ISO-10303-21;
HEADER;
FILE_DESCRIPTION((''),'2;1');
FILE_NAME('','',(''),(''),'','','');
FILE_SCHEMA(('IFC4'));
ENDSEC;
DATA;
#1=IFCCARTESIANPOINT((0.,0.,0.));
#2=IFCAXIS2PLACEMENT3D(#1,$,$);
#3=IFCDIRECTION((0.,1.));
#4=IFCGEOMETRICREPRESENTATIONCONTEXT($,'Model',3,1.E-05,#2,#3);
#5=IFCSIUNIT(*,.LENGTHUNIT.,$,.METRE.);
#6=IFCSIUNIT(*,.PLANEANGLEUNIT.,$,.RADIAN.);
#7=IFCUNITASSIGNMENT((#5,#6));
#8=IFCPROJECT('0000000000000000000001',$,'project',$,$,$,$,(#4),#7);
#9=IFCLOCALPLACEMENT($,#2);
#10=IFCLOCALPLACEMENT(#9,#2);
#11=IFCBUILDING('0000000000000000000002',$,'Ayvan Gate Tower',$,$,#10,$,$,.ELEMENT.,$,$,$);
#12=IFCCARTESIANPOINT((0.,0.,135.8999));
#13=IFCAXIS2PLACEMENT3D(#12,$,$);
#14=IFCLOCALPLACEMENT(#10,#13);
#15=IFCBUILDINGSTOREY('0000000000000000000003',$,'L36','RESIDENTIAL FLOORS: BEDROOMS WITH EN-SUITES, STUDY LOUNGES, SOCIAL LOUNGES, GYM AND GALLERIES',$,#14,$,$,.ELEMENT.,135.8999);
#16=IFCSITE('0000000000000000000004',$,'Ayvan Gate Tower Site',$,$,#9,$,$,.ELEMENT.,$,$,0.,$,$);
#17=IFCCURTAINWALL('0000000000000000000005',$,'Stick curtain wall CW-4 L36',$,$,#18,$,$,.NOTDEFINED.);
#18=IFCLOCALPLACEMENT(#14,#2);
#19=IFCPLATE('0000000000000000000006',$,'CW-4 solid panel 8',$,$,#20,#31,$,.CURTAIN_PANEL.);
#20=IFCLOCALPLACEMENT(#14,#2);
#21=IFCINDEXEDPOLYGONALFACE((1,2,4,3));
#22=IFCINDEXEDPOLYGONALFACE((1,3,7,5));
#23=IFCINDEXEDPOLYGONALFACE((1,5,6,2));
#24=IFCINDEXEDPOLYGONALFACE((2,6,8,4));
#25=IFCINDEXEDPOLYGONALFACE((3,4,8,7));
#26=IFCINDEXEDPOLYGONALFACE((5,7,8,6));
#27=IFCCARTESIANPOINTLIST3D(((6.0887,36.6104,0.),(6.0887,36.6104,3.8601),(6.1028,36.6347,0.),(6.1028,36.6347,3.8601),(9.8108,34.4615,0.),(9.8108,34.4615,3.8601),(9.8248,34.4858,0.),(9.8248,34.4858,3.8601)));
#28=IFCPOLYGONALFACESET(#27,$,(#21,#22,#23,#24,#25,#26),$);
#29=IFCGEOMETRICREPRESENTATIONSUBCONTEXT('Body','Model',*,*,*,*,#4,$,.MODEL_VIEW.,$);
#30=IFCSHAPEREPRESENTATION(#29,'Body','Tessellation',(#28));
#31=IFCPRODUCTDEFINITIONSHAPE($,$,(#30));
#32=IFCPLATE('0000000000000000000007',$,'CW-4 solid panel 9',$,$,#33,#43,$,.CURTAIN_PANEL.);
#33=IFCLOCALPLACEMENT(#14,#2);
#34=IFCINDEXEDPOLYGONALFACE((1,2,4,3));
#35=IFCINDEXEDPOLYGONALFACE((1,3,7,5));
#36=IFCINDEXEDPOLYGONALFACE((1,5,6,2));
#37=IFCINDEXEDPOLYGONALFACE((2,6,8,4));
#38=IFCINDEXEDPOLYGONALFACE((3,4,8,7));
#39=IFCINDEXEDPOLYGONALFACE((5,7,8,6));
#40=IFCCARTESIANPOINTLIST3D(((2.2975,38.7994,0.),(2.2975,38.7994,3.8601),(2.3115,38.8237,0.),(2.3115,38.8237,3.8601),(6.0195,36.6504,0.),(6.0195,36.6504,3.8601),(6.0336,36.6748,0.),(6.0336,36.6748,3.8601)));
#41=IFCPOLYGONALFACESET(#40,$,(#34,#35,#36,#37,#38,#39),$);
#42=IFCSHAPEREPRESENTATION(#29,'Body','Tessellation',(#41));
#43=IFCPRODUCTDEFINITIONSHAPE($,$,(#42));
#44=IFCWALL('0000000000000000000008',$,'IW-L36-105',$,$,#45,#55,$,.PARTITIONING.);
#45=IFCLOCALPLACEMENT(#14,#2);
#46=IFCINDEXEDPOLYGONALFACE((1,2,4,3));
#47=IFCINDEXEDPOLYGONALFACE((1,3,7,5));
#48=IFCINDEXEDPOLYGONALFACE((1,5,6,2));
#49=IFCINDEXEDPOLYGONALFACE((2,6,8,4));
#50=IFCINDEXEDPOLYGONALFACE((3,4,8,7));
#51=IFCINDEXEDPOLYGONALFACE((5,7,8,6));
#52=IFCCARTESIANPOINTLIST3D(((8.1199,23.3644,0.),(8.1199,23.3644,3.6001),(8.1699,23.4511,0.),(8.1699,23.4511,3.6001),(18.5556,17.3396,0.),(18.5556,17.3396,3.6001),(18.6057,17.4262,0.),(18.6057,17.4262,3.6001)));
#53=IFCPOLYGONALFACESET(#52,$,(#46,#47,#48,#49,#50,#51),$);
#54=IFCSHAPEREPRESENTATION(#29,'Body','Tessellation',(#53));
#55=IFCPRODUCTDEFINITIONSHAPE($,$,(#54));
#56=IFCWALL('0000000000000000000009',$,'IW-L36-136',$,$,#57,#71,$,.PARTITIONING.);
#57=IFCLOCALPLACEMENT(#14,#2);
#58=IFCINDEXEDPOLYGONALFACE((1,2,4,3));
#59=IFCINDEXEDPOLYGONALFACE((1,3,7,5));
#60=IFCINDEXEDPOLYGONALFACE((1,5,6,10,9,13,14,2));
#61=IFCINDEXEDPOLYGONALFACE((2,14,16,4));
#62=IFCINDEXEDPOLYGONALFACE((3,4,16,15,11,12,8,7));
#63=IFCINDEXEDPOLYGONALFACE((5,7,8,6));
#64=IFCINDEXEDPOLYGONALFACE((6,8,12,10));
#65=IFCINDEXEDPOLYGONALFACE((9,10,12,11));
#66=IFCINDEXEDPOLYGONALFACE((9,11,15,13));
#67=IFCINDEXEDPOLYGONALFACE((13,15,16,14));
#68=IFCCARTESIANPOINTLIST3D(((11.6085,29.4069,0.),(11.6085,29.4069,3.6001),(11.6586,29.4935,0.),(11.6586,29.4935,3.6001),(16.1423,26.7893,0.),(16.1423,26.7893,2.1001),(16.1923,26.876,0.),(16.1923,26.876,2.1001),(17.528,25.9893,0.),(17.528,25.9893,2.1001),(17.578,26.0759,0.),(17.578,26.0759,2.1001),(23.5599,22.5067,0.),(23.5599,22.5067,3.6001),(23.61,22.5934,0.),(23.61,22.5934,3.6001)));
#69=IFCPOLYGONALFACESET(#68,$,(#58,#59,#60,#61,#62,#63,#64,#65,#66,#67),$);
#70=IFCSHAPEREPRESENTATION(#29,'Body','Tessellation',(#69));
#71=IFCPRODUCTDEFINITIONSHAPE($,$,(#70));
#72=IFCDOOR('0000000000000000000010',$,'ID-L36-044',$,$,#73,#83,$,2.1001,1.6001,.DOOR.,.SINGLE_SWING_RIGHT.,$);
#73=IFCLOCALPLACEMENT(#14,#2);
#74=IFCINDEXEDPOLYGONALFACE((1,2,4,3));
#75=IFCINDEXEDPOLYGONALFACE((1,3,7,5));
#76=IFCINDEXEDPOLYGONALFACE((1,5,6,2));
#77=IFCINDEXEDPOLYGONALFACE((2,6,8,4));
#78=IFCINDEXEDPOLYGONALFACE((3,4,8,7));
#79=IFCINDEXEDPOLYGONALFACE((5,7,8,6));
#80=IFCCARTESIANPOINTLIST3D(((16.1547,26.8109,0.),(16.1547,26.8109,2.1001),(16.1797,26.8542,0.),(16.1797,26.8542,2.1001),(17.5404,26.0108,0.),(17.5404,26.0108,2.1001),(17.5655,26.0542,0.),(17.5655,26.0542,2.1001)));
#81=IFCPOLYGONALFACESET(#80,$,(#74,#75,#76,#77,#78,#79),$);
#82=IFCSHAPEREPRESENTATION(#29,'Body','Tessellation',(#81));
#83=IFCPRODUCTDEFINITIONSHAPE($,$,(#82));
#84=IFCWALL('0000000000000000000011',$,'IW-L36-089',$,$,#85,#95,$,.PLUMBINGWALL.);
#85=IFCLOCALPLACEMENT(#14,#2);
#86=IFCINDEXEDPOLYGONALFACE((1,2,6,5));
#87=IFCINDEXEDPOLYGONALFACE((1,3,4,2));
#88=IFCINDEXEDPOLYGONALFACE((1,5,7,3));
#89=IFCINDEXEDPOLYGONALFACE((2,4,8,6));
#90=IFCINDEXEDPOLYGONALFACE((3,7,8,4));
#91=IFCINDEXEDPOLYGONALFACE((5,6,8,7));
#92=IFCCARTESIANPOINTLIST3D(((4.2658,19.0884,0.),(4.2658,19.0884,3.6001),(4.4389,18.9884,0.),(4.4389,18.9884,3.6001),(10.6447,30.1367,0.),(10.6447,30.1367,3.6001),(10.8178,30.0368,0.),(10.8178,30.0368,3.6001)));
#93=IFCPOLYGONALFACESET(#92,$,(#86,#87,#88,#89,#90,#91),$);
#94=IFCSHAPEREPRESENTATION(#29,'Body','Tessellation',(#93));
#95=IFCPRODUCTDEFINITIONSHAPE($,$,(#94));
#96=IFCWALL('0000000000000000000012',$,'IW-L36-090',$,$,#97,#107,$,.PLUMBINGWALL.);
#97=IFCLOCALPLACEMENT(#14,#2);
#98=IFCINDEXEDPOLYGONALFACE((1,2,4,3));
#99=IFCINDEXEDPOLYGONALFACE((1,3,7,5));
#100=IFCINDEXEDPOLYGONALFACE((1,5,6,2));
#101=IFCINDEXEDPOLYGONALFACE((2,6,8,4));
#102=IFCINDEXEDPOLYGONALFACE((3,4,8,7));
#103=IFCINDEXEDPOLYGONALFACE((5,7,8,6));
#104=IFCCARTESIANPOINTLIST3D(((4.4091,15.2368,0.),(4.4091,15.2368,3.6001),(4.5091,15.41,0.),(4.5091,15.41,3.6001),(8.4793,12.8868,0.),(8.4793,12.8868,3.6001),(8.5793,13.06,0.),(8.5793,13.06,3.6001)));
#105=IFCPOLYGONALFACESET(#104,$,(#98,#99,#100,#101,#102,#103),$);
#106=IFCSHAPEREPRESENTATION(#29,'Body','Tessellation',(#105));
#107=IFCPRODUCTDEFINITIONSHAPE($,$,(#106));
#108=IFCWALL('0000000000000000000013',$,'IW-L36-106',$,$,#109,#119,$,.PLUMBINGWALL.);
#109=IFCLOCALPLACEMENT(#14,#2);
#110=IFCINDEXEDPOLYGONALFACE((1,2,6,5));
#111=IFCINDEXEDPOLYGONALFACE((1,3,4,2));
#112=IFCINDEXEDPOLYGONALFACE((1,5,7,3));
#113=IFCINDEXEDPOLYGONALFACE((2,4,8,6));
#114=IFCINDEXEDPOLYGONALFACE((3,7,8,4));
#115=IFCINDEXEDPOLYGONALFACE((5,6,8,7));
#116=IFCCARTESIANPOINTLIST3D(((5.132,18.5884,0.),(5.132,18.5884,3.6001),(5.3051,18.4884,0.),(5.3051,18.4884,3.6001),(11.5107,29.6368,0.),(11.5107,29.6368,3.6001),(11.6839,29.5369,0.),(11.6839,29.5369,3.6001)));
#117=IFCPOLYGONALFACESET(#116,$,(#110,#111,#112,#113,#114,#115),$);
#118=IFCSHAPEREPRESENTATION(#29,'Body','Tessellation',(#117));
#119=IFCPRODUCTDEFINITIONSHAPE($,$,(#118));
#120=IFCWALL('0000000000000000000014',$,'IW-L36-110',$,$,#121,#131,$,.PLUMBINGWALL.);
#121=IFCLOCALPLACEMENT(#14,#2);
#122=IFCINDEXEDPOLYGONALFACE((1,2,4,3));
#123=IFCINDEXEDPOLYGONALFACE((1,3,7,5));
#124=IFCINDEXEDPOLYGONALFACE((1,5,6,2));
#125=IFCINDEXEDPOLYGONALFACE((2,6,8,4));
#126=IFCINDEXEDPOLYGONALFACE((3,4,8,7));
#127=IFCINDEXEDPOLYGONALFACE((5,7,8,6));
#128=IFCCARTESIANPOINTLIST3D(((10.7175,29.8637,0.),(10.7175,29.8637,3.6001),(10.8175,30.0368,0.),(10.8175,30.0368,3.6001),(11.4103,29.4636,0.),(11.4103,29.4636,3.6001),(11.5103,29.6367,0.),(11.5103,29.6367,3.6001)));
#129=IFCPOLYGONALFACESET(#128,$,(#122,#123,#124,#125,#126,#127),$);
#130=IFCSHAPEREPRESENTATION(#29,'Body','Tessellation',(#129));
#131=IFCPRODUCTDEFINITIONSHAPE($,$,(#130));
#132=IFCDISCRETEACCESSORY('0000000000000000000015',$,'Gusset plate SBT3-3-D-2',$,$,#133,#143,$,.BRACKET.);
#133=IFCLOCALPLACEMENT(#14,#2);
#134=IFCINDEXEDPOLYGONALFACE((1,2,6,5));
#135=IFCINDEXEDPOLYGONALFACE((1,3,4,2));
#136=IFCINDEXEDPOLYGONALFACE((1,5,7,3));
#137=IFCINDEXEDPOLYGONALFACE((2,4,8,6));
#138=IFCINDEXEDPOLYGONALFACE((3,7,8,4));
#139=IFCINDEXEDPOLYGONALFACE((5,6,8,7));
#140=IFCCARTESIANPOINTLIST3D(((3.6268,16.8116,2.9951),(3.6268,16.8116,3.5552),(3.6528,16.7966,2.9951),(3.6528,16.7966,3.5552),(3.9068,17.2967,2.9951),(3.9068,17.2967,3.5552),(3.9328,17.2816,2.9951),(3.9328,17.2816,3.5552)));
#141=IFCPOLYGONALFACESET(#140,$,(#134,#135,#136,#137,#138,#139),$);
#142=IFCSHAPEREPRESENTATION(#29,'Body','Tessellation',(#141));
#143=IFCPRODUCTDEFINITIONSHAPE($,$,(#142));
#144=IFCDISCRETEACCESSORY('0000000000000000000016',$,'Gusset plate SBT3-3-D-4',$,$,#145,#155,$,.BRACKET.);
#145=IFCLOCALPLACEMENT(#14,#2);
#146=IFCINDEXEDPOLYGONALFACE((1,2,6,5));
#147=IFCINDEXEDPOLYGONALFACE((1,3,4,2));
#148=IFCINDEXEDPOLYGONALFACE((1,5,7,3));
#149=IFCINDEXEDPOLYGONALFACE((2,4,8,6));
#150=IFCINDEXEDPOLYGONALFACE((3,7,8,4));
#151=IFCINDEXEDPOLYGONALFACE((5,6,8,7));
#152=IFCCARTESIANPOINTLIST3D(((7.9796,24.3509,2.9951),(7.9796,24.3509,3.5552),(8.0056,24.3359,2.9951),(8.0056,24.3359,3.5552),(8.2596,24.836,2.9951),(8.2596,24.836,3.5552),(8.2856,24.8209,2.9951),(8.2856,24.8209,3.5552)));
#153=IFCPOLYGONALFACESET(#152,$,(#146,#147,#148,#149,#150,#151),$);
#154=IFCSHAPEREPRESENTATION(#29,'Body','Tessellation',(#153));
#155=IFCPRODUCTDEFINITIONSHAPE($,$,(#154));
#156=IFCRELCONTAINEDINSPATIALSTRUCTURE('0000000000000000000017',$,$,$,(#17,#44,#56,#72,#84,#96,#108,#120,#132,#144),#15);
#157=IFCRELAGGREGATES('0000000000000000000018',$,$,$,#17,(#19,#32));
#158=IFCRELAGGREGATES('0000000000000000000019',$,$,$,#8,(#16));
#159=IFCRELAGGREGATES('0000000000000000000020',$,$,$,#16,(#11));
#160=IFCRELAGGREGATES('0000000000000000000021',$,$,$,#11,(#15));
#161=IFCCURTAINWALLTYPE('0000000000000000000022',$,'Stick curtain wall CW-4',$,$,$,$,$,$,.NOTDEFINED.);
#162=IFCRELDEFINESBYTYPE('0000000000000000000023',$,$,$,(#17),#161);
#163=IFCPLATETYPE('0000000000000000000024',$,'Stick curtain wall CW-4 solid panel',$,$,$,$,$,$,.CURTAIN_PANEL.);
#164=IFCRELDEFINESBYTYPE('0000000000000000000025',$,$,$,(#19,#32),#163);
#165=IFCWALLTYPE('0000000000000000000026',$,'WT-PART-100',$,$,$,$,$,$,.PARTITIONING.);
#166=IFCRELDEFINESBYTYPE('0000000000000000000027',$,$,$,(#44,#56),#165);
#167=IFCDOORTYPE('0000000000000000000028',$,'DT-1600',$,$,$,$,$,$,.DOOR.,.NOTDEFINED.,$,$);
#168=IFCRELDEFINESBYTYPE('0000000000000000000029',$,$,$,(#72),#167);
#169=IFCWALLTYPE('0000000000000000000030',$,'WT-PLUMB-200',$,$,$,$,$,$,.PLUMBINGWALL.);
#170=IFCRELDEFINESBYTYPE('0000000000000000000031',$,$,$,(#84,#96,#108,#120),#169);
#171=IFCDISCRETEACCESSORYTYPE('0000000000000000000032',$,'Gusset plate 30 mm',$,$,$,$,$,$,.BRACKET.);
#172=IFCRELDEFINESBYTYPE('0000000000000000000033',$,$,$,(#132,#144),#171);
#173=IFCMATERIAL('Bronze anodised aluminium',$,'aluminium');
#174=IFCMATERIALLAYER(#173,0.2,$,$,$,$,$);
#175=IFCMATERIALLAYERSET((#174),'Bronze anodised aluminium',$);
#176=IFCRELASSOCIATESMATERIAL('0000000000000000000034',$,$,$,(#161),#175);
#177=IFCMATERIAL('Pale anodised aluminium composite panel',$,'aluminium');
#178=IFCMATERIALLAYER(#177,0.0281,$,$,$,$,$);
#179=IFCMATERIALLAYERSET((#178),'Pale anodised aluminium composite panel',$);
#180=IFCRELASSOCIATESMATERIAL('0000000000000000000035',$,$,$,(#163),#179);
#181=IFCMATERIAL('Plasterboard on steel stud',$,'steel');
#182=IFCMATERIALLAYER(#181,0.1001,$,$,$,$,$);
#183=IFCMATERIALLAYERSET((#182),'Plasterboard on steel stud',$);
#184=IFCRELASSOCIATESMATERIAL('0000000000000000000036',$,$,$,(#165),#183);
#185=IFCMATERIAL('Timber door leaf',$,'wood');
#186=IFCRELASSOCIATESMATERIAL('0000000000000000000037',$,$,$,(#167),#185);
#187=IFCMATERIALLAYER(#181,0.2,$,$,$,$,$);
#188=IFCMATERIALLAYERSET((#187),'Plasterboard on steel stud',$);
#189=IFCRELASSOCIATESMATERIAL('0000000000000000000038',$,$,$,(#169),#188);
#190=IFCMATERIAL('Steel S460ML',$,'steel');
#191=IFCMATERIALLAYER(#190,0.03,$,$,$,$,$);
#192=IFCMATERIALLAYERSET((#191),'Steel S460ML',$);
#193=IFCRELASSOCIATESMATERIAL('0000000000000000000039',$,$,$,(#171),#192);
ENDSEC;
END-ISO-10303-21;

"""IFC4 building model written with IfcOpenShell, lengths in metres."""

from ifc_helpers import new_model, si_unit, direction, frame, frame_2d, origin, origin_2d, place, context, subcontext, project, spatial, rectangle, extrude, material, layer, layer_set, type_object, element, fill, aggregate, save


model = new_model("IFC4")

# Units and contexts
model_context = context("Model", 3, precision=1e-05, world=origin(), true_north=direction((0.0, 1.0)))
body_context = subcontext(model_context, "Body", "Model", "MODEL_VIEW")
ifc_project = project(units=[si_unit("LENGTHUNIT", "METRE"), si_unit("PLANEANGLEUNIT", "RADIAN")], contexts=[model_context])

# Site, building, storey
site_placement = place(None, origin())
site = spatial("IfcSite", under=ifc_project, at=site_placement, Name="Ayvan Gate Tower Site", CompositionType="ELEMENT", RefElevation=0.0)
building_placement = place(site_placement, origin())
building = spatial("IfcBuilding", under=site, at=building_placement, Name="Ayvan Gate Tower", CompositionType="ELEMENT")
storey_placement = place(building_placement, frame((0.0, 0.0, 135.8999)))
storey = spatial("IfcBuildingStorey", under=building, at=storey_placement, Name="L36", Description="RESIDENTIAL FLOORS: BEDROOMS WITH EN-SUITES, STUDY LOUNGES, SOCIAL LOUNGES, GYM AND GALLERIES", CompositionType="ELEMENT", Elevation=135.8999)

# Shared definitions
ifc_material_1 = material(Name="Steel S460ML", Category="steel")

# Curtain wall, plates
ifc_material_2 = material(Name="Bronze anodised aluminium", Category="aluminium")
ifc_layer_1 = layer(ifc_material_2, 0.2)
ifc_layer_set_1 = layer_set([ifc_layer_1], Name="Bronze anodised aluminium")
curtain_wall_type = type_object("IfcCurtainWallType", Name="Stick curtain wall CW-4", PredefinedType="NOTDEFINED", material=ifc_layer_set_1)
curtain_wall_placement = place(storey_placement, origin())
curtain_wall = element("IfcCurtainWall", 1, at=curtain_wall_placement, inside=storey, type_object=curtain_wall_type, Name="Stick curtain wall CW-4 L36", PredefinedType="NOTDEFINED")
ifc_material_3 = material(Name="Pale anodised aluminium composite panel", Category="aluminium")
ifc_layer_2 = layer(ifc_material_3, 0.0281)
ifc_layer_set_2 = layer_set([ifc_layer_2], Name="Pale anodised aluminium composite panel")
plate_type = type_object("IfcPlateType", Name="Stick curtain wall CW-4 solid panel", PredefinedType="CURTAIN_PANEL", material=ifc_layer_set_2)
plate_1_placement = place(storey_placement, frame((7.9568, 35.5481, 0.0), z_axis=(0.0, 0.0, 1.0), x_axis=(-0.866025, 0.5, 0.0)))
plate_1 = element("IfcPlate", 2, at=plate_1_placement, type_object=plate_type, Name="CW-4 solid panel 8", PredefinedType="CURTAIN_PANEL", context=body_context, shape_type="SweptSolid", body=[
    extrude(rectangle(XDim=4.2979, YDim=0.0281, at=origin_2d()), origin(), (0.0, 0.0, 1.0), 3.8601),
])
plate_2_placement = place(storey_placement, frame((4.1655, 37.7371, 0.0), z_axis=(0.0, 0.0, 1.0), x_axis=(-0.866025, 0.5, 0.0)))
plate_2 = element("IfcPlate", 3, at=plate_2_placement, type_object=plate_type, Name="CW-4 solid panel 9", PredefinedType="CURTAIN_PANEL", context=body_context, shape_type="SweptSolid", body=[
    extrude(rectangle(XDim=4.2979, YDim=0.0281, at=origin_2d()), origin(), (0.0, 0.0, 1.0), 3.8601),
])
aggregate(curtain_wall, [plate_1, plate_2])

# Wall
ifc_material_4 = material(Name="Plasterboard on steel stud", Category="steel")
ifc_layer_3 = layer(ifc_material_4, 0.1001)
ifc_layer_set_3 = layer_set([ifc_layer_3], Name="Plasterboard on steel stud")
wall_type_1 = type_object("IfcWallType", Name="WT-PART-100", PredefinedType="PARTITIONING", material=ifc_layer_set_3)
wall_1_placement = place(storey_placement, frame((8.145, 23.4077, 0.0), z_axis=(0.0, 0.0, 1.0), x_axis=(0.866033, -0.499987, 0.0)))
element("IfcWall", 4, at=wall_1_placement, inside=storey, type_object=wall_type_1, Name="IW-L36-105", PredefinedType="PARTITIONING", context=body_context, shape_type="SweptSolid", body=[
    extrude(rectangle(XDim=12.05, YDim=0.1001, at=frame_2d((6.0249, 0.0))), origin(), (0.0, 0.0, 1.0), 3.6001),
])

# Wall, opening, door
wall_2_placement = place(storey_placement, frame((11.6335, 29.4502, 0.0), z_axis=(0.0, 0.0, 1.0), x_axis=(0.866026, -0.5, 0.0)))
wall_2 = element("IfcWall", 5, at=wall_2_placement, inside=storey, type_object=wall_type_1, Name="IW-L36-136", PredefinedType="PARTITIONING", context=body_context, shape_type="SweptSolid", body=[
    extrude(rectangle(XDim=13.8003, YDim=0.1001, at=frame_2d((6.9001, 0.0))), origin(), (0.0, 0.0, 1.0), 3.6001),
])
opening_placement = place(wall_2_placement, frame((5.2351, 0.0, 0.0)))
opening = element("IfcOpeningElement", 6, at=opening_placement, cuts=wall_2, PredefinedType="OPENING", context=body_context, shape_type="SweptSolid", body=[
    extrude(rectangle(XDim=1.6001, YDim=2.1001, at=frame_2d((0.8, 1.05))), frame((0.0, 0.0601, 0.0), z_axis=(0.0, -1.0, 0.0), x_axis=(1.0, 0.0, 0.0)), (0.0, 0.0, 1.0), 0.1201),
])
ifc_material_5 = material(Name="Timber door leaf", Category="wood")
door_type = type_object("IfcDoorType", Name="DT-1600", OperationType="NOTDEFINED", PredefinedType="DOOR", material=ifc_material_5)
door_placement = place(opening_placement, origin())
door = element("IfcDoor", 7, at=door_placement, inside=storey, type_object=door_type, Name="ID-L36-044", OperationType="SINGLE_SWING_RIGHT", OverallHeight=2.1001, OverallWidth=1.6001, PredefinedType="DOOR", context=body_context, shape_type="SweptSolid", body=[
    extrude(rectangle(XDim=1.6001, YDim=2.1001, at=frame_2d((0.8, 1.05))), frame((0.0, 0.0249, 0.0), z_axis=(0.0, -1.0, 0.0), x_axis=(1.0, 0.0, 0.0)), (0.0, 0.0, 1.0), 0.05),
])
fill(opening, door)

# Walls
ifc_layer_4 = layer(ifc_material_4, 0.2)
ifc_layer_set_4 = layer_set([ifc_layer_4], Name="Plasterboard on steel stud")
wall_type_2 = type_object("IfcWallType", Name="WT-PLUMB-200", PredefinedType="PLUMBINGWALL", material=ifc_layer_set_4)
wall_3_placement = place(storey_placement, frame((4.3523, 19.0383, 0.0), z_axis=(0.0, 0.0, 1.0), x_axis=(0.500008, 0.866021, 0.0)))
element("IfcWall", 8, at=wall_3_placement, inside=storey, type_object=wall_type_2, Name="IW-L36-089", PredefinedType="PLUMBINGWALL", context=body_context, shape_type="SweptSolid", body=[
    extrude(rectangle(XDim=12.7576, YDim=0.2, at=frame_2d((6.3789, 0.0))), origin(), (0.0, 0.0, 1.0), 3.6001),
])
wall_4_placement = place(storey_placement, frame((4.459, 15.3235, 0.0), z_axis=(0.0, 0.0, 1.0), x_axis=(0.866016, -0.500016, 0.0)))
element("IfcWall", 9, at=wall_4_placement, inside=storey, type_object=wall_type_2, Name="IW-L36-090", PredefinedType="PLUMBINGWALL", context=body_context, shape_type="SweptSolid", body=[
    extrude(rectangle(XDim=4.7, YDim=0.2, at=frame_2d((2.3501, 0.0))), origin(), (0.0, 0.0, 1.0), 3.6001),
])
wall_5_placement = place(storey_placement, frame((5.2185, 18.5383, 0.0), z_axis=(0.0, 0.0, 1.0), x_axis=(0.499994, 0.866029, 0.0)))
element("IfcWall", 10, at=wall_5_placement, inside=storey, type_object=wall_type_2, Name="IW-L36-106", PredefinedType="PLUMBINGWALL", context=body_context, shape_type="SweptSolid", body=[
    extrude(rectangle(XDim=12.7576, YDim=0.2, at=frame_2d((6.3789, 0.0))), origin(), (0.0, 0.0, 1.0), 3.6001),
])
wall_6_placement = place(storey_placement, frame((10.7676, 29.9502, 0.0), z_axis=(0.0, 0.0, 1.0), x_axis=(0.865962, -0.50011, 0.0)))
element("IfcWall", 11, at=wall_6_placement, inside=storey, type_object=wall_type_2, Name="IW-L36-110", PredefinedType="PLUMBINGWALL", context=body_context, shape_type="SweptSolid", body=[
    extrude(rectangle(XDim=0.8, YDim=0.2, at=frame_2d((0.3999, 0.0))), origin(), (0.0, 0.0, 1.0), 3.6001),
])

# Discrete accessories
ifc_layer_5 = layer(ifc_material_1, 0.03)
ifc_layer_set_5 = layer_set([ifc_layer_5], Name="Steel S460ML")
discrete_accessory_type = type_object("IfcDiscreteAccessoryType", Name="Gusset plate 30 mm", PredefinedType="BRACKET", material=ifc_layer_set_5)
for number, where, z_axis, x_axis, name in (
    (12, (3.7798, 17.0466, 2.9951), (0.0, 0.0, 1.0), (0.5, 0.866025, 0.0), "Gusset plate SBT3-3-D-2"),
    (13, (8.1326, 24.5859, 2.9951), (0.0, 0.0, 1.0), (0.5, 0.866025, 0.0), "Gusset plate SBT3-3-D-4"),
):
    element("IfcDiscreteAccessory", number, at=place(storey_placement, frame(where, z_axis=z_axis, x_axis=x_axis)), inside=storey, type_object=discrete_accessory_type, Name=name, PredefinedType="BRACKET", context=body_context, shape_type="SweptSolid", body=[
        extrude(rectangle(XDim=0.5601, YDim=0.03, at=origin_2d()), origin(), (0.0, 0.0, 1.0), 0.5601),
    ])

save(model, "model.ifc")
